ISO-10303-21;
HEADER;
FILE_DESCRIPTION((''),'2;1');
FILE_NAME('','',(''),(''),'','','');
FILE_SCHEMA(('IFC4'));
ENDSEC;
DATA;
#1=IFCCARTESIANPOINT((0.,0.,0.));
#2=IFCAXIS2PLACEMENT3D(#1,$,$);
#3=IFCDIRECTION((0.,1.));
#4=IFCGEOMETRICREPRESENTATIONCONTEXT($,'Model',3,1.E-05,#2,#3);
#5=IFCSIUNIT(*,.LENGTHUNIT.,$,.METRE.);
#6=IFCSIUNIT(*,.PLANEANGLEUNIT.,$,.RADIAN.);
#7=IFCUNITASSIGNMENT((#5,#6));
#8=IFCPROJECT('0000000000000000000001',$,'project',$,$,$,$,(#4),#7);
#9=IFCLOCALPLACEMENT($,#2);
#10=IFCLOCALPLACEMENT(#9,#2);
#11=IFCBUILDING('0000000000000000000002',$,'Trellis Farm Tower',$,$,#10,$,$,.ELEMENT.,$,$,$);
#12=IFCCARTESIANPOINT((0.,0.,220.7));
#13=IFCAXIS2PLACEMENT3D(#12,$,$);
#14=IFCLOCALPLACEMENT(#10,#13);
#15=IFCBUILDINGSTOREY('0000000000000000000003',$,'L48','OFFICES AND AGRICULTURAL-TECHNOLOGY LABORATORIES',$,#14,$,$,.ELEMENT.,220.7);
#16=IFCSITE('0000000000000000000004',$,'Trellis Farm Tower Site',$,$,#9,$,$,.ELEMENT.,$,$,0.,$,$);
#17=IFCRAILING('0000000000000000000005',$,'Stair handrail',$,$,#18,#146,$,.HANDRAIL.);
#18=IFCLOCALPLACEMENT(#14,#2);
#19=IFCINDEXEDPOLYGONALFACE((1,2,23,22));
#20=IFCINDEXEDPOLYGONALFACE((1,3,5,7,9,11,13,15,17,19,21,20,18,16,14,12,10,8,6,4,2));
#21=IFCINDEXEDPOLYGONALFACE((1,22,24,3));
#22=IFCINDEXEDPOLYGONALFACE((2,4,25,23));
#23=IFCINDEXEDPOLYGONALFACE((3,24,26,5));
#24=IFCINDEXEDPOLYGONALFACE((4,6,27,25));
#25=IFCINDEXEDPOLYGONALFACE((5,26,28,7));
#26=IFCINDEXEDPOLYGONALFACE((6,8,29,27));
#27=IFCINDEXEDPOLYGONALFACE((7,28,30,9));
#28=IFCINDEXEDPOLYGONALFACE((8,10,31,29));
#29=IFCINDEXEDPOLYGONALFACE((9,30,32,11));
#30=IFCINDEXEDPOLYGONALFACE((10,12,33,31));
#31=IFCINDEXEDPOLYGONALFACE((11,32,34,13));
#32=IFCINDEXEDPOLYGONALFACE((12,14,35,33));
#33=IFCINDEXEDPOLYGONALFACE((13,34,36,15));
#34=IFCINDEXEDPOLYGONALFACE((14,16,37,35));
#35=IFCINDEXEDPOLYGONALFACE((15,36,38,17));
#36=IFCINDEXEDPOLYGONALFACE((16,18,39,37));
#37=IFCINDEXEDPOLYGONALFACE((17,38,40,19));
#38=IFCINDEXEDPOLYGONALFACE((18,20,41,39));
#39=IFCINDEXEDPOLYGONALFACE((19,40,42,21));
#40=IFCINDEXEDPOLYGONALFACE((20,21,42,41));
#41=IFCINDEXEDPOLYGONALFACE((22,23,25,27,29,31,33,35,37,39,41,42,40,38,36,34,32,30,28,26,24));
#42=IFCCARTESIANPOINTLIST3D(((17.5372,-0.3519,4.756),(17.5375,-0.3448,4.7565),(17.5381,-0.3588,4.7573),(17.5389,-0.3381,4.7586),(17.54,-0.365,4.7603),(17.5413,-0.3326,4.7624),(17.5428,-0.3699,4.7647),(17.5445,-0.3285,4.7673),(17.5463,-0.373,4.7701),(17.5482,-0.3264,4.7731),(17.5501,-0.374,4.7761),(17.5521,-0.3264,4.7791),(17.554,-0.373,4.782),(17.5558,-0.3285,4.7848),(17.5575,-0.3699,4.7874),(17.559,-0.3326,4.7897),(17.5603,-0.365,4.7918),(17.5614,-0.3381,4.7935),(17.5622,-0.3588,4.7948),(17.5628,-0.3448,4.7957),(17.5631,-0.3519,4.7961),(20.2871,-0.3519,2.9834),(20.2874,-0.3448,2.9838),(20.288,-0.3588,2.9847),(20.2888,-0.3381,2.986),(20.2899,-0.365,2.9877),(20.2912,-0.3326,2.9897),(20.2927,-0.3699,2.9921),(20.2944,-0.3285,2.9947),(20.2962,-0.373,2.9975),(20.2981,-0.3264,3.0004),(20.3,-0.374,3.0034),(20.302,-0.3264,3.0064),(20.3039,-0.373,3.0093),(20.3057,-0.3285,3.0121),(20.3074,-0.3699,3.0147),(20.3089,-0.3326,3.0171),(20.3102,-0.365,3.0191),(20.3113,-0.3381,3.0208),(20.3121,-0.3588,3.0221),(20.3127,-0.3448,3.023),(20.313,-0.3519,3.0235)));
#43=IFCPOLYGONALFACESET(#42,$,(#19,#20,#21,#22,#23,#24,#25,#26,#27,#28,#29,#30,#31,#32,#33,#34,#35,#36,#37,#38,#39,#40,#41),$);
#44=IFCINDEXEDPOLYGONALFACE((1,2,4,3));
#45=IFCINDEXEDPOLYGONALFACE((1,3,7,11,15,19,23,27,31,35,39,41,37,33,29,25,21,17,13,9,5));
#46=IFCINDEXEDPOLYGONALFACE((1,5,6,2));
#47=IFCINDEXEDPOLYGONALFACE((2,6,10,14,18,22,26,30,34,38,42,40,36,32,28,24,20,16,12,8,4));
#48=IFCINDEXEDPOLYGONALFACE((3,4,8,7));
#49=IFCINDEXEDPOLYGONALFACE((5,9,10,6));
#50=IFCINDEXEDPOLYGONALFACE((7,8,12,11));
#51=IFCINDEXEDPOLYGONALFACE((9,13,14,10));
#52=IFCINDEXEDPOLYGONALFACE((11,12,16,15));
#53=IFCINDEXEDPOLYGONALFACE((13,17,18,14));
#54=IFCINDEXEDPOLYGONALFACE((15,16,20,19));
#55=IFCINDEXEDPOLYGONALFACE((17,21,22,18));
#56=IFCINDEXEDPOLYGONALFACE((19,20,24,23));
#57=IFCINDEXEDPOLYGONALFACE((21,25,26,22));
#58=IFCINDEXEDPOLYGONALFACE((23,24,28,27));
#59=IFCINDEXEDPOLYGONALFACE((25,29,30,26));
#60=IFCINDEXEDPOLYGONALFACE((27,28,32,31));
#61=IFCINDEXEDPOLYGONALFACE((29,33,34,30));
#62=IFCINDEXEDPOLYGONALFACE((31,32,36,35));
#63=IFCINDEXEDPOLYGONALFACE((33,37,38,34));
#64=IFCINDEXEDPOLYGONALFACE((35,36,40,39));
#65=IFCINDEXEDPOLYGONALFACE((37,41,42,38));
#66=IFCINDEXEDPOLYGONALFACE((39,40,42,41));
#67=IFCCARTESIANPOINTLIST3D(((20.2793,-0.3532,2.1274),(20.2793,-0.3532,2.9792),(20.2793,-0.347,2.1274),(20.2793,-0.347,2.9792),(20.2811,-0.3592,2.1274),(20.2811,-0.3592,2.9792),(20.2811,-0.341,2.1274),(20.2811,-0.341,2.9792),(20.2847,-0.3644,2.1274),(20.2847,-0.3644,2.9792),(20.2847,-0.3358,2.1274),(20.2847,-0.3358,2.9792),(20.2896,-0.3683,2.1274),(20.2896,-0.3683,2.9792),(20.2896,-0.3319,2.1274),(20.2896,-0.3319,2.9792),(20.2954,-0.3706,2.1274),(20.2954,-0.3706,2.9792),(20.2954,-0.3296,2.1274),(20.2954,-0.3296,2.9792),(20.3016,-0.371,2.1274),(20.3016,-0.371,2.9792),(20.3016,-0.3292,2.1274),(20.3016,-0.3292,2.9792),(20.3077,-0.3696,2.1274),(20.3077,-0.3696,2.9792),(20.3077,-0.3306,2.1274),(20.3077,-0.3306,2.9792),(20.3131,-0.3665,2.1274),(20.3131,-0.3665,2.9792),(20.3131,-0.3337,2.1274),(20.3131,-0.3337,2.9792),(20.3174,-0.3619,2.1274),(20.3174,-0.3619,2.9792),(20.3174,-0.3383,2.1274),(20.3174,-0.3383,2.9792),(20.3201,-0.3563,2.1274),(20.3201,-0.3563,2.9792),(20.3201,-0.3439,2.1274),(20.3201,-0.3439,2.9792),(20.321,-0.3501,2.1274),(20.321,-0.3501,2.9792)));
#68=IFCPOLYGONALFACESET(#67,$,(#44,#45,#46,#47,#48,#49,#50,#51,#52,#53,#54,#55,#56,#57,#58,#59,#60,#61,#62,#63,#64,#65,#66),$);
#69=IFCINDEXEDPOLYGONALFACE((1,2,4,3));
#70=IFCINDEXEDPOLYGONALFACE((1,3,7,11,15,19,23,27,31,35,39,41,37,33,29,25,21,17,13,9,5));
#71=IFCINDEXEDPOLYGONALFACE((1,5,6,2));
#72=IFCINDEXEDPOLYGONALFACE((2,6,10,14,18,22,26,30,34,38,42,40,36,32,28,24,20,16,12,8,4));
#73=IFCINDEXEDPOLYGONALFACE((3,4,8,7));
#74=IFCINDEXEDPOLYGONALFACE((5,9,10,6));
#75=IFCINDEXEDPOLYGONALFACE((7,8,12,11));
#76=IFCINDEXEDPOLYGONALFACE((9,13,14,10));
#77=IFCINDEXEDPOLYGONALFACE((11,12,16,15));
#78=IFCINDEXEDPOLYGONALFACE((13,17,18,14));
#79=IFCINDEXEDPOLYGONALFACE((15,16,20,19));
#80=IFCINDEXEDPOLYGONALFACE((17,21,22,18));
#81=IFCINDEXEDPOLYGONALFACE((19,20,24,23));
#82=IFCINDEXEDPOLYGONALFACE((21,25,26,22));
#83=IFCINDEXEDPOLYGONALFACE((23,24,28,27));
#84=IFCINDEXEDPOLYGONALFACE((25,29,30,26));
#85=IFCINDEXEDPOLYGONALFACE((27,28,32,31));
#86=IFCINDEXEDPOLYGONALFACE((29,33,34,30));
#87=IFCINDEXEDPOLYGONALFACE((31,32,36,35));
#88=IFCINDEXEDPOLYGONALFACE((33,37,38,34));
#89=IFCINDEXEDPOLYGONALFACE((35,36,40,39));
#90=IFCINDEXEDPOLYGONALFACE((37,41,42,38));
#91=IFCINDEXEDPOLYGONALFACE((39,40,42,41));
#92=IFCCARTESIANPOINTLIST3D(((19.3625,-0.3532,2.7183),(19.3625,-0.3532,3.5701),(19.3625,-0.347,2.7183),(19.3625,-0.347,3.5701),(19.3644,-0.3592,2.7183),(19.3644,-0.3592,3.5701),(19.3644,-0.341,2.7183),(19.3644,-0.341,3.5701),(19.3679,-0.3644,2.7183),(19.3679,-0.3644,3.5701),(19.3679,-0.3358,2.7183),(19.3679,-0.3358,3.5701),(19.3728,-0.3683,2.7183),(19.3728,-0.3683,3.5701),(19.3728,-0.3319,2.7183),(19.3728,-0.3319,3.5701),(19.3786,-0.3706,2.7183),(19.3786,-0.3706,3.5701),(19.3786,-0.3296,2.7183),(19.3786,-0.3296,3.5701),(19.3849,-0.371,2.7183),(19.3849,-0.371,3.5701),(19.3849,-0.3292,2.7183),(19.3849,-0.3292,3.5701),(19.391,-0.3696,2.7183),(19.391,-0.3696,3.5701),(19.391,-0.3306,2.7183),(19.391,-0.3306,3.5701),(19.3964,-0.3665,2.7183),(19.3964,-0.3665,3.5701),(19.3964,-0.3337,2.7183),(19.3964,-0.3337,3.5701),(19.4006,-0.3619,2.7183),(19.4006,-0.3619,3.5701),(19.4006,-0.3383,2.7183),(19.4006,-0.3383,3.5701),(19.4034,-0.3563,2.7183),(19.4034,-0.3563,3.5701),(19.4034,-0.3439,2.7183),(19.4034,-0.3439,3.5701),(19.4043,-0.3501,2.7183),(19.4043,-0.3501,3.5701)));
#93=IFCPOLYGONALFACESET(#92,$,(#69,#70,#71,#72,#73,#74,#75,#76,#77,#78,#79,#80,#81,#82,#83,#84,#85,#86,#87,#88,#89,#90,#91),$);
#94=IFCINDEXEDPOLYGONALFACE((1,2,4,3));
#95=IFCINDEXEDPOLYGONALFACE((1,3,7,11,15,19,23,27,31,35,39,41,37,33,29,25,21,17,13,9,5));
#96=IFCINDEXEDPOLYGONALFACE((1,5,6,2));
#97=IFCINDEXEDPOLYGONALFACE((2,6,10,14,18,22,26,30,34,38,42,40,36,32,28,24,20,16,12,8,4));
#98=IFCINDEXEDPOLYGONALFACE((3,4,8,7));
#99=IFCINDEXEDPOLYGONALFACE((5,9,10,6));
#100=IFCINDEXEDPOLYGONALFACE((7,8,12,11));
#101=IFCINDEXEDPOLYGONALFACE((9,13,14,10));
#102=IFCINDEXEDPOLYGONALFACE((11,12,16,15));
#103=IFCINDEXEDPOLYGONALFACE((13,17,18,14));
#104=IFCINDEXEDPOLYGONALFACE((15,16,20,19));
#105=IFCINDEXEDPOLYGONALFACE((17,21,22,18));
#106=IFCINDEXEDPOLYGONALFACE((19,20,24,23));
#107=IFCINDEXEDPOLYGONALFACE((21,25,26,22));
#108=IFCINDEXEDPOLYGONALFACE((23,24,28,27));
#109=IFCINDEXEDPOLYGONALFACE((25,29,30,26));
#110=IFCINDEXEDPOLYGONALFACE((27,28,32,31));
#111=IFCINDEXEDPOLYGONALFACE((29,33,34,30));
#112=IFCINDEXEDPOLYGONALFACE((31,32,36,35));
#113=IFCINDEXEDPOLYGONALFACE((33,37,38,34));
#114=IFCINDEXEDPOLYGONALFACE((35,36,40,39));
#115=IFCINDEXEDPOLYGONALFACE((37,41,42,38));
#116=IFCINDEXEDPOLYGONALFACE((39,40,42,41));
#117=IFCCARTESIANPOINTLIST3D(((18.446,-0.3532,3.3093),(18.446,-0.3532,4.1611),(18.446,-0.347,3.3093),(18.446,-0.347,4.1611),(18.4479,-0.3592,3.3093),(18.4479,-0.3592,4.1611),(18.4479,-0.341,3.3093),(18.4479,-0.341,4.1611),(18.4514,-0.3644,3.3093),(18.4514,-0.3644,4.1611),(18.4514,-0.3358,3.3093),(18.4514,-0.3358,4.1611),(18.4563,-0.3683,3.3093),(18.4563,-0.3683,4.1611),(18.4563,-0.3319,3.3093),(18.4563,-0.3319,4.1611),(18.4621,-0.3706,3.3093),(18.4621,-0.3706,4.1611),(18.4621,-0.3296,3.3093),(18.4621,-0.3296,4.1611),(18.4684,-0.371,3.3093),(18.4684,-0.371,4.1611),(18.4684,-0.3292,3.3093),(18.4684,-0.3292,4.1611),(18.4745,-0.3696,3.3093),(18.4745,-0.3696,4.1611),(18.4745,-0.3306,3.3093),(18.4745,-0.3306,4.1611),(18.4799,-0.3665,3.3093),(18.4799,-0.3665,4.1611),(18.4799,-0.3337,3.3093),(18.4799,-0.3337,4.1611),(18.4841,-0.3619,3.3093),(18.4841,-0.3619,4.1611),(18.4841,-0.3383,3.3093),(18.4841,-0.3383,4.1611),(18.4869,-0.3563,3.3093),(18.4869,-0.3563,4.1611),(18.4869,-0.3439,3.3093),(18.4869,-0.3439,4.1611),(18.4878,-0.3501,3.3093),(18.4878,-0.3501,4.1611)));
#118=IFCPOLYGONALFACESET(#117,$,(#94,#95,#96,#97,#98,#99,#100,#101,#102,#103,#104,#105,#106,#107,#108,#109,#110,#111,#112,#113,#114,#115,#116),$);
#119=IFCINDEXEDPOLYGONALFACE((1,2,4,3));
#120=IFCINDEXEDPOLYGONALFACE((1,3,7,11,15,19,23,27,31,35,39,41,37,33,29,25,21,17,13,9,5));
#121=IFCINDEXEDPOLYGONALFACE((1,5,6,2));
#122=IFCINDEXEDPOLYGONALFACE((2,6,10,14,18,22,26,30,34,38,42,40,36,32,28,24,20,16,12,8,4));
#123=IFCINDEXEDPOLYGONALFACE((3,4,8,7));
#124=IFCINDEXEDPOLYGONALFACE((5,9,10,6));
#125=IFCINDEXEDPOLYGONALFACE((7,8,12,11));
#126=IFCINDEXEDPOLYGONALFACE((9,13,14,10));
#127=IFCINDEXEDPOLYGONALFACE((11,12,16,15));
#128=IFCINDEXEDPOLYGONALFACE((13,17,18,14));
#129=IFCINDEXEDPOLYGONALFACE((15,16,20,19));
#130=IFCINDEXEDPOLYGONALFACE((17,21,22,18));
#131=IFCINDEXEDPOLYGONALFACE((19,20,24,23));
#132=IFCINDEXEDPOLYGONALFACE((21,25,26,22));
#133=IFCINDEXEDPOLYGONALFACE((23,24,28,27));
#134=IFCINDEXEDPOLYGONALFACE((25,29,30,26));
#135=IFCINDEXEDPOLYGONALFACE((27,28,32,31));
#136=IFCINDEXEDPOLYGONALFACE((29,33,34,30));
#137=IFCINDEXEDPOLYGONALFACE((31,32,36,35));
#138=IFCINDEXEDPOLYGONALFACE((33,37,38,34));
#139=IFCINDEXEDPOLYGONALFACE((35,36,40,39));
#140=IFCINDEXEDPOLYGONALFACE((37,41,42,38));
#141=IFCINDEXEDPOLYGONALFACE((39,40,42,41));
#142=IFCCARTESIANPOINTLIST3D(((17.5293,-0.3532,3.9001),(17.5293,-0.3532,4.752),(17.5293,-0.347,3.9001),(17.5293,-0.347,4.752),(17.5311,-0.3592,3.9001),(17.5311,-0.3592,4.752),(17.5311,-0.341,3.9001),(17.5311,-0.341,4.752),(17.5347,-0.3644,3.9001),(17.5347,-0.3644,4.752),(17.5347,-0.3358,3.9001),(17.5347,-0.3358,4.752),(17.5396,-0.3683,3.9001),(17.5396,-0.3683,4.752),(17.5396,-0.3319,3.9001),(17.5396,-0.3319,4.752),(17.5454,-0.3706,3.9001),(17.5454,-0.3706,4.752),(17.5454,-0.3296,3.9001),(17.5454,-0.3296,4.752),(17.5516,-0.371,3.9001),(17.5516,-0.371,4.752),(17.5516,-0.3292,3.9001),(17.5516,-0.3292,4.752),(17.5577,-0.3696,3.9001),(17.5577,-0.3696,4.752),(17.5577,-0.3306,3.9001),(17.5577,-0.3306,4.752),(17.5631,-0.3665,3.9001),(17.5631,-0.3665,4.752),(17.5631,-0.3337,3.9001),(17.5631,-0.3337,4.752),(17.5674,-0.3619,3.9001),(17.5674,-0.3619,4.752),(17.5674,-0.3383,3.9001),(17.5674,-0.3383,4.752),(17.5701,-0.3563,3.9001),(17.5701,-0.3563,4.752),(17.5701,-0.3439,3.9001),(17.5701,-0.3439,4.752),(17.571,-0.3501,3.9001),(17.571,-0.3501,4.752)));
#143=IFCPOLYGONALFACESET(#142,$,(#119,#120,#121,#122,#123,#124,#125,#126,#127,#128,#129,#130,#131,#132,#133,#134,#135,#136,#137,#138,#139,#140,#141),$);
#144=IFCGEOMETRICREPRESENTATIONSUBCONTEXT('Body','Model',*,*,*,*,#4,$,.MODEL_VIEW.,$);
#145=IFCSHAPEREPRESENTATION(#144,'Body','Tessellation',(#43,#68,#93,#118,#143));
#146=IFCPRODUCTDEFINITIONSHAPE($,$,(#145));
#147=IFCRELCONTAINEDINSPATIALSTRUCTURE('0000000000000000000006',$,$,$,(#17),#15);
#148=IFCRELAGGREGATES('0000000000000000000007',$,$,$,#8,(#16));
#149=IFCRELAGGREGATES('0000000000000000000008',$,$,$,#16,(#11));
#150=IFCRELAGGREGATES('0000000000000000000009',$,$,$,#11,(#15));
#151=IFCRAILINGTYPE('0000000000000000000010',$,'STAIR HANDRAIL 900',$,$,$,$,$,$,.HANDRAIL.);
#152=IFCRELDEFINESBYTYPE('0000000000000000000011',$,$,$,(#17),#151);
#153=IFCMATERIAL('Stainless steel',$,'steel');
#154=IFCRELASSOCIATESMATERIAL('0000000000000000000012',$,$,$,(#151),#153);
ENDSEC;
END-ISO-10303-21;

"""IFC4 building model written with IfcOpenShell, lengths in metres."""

from ifc_helpers import new_model, si_unit, direction, frame, origin, origin_2d, place, context, subcontext, project, spatial, circle, extrude, source, transform, mapped, material, type_object, element, save


model = new_model("IFC4")

# Units and contexts
model_context = context("Model", 3, precision=1e-05, world=origin(), true_north=direction((0.0, 1.0)))
body_context = subcontext(model_context, "Body", "Model", "MODEL_VIEW")
ifc_project = project(units=[si_unit("LENGTHUNIT", "METRE"), si_unit("PLANEANGLEUNIT", "RADIAN")], contexts=[model_context])

# Site, building, storey
site_placement = place(None, origin())
site = spatial("IfcSite", under=ifc_project, at=site_placement, Name="Trellis Farm Tower Site", CompositionType="ELEMENT", RefElevation=0.0)
building_placement = place(site_placement, origin())
building = spatial("IfcBuilding", under=site, at=building_placement, Name="Trellis Farm Tower", CompositionType="ELEMENT")
storey_placement = place(building_placement, frame((0.0, 0.0, 220.7)))
storey = spatial("IfcBuildingStorey", under=building, at=storey_placement, Name="L48", Description="OFFICES AND AGRICULTURAL-TECHNOLOGY LABORATORIES", CompositionType="ELEMENT", Elevation=220.7)

# Railing
ifc_material_1 = material(Name="Stainless steel", Category="steel")
railing_type = type_object("IfcRailingType", Name="STAIR HANDRAIL 900", PredefinedType="HANDRAIL", material=ifc_material_1)
shared_shape_1 = source(origin(), body_context, "Body", "SweptSolid", [
    extrude(circle(Radius=0.0239, at=origin_2d()), frame((0.0, 0.0, 0.876), z_axis=(-0.840504, 0.0, 0.541806), x_axis=(0.0, -1.0, 0.0)), (0.0, 0.0, 1.0), 3.2717),
    extrude(circle(Radius=0.021, at=origin_2d()), origin(), (0.0, 0.0, 1.0), 0.8518),
    extrude(circle(Radius=0.021, at=origin_2d()), frame((-0.9167, 0.0, 0.5908)), (0.0, 0.0, 1.0), 0.8518),
    extrude(circle(Radius=0.021, at=origin_2d()), frame((-1.8333, 0.0, 1.1819)), (0.0, 0.0, 1.0), 0.8518),
    extrude(circle(Radius=0.021, at=origin_2d()), frame((-2.75, 0.0, 1.7727)), (0.0, 0.0, 1.0), 0.8518),
])
for number, where, name in (
    (1, (20.3, -0.3501, 2.1274), "Stair handrail"),
):
    element("IfcRailing", number, at=place(storey_placement, frame(where)), inside=storey, type_object=railing_type, Name=name, PredefinedType="HANDRAIL", context=body_context, shape_type="MappedRepresentation", body=[
        mapped(shared_shape_1, transform((0.0, 0.0, 0.0))),
    ])

save(model, "model.ifc")
